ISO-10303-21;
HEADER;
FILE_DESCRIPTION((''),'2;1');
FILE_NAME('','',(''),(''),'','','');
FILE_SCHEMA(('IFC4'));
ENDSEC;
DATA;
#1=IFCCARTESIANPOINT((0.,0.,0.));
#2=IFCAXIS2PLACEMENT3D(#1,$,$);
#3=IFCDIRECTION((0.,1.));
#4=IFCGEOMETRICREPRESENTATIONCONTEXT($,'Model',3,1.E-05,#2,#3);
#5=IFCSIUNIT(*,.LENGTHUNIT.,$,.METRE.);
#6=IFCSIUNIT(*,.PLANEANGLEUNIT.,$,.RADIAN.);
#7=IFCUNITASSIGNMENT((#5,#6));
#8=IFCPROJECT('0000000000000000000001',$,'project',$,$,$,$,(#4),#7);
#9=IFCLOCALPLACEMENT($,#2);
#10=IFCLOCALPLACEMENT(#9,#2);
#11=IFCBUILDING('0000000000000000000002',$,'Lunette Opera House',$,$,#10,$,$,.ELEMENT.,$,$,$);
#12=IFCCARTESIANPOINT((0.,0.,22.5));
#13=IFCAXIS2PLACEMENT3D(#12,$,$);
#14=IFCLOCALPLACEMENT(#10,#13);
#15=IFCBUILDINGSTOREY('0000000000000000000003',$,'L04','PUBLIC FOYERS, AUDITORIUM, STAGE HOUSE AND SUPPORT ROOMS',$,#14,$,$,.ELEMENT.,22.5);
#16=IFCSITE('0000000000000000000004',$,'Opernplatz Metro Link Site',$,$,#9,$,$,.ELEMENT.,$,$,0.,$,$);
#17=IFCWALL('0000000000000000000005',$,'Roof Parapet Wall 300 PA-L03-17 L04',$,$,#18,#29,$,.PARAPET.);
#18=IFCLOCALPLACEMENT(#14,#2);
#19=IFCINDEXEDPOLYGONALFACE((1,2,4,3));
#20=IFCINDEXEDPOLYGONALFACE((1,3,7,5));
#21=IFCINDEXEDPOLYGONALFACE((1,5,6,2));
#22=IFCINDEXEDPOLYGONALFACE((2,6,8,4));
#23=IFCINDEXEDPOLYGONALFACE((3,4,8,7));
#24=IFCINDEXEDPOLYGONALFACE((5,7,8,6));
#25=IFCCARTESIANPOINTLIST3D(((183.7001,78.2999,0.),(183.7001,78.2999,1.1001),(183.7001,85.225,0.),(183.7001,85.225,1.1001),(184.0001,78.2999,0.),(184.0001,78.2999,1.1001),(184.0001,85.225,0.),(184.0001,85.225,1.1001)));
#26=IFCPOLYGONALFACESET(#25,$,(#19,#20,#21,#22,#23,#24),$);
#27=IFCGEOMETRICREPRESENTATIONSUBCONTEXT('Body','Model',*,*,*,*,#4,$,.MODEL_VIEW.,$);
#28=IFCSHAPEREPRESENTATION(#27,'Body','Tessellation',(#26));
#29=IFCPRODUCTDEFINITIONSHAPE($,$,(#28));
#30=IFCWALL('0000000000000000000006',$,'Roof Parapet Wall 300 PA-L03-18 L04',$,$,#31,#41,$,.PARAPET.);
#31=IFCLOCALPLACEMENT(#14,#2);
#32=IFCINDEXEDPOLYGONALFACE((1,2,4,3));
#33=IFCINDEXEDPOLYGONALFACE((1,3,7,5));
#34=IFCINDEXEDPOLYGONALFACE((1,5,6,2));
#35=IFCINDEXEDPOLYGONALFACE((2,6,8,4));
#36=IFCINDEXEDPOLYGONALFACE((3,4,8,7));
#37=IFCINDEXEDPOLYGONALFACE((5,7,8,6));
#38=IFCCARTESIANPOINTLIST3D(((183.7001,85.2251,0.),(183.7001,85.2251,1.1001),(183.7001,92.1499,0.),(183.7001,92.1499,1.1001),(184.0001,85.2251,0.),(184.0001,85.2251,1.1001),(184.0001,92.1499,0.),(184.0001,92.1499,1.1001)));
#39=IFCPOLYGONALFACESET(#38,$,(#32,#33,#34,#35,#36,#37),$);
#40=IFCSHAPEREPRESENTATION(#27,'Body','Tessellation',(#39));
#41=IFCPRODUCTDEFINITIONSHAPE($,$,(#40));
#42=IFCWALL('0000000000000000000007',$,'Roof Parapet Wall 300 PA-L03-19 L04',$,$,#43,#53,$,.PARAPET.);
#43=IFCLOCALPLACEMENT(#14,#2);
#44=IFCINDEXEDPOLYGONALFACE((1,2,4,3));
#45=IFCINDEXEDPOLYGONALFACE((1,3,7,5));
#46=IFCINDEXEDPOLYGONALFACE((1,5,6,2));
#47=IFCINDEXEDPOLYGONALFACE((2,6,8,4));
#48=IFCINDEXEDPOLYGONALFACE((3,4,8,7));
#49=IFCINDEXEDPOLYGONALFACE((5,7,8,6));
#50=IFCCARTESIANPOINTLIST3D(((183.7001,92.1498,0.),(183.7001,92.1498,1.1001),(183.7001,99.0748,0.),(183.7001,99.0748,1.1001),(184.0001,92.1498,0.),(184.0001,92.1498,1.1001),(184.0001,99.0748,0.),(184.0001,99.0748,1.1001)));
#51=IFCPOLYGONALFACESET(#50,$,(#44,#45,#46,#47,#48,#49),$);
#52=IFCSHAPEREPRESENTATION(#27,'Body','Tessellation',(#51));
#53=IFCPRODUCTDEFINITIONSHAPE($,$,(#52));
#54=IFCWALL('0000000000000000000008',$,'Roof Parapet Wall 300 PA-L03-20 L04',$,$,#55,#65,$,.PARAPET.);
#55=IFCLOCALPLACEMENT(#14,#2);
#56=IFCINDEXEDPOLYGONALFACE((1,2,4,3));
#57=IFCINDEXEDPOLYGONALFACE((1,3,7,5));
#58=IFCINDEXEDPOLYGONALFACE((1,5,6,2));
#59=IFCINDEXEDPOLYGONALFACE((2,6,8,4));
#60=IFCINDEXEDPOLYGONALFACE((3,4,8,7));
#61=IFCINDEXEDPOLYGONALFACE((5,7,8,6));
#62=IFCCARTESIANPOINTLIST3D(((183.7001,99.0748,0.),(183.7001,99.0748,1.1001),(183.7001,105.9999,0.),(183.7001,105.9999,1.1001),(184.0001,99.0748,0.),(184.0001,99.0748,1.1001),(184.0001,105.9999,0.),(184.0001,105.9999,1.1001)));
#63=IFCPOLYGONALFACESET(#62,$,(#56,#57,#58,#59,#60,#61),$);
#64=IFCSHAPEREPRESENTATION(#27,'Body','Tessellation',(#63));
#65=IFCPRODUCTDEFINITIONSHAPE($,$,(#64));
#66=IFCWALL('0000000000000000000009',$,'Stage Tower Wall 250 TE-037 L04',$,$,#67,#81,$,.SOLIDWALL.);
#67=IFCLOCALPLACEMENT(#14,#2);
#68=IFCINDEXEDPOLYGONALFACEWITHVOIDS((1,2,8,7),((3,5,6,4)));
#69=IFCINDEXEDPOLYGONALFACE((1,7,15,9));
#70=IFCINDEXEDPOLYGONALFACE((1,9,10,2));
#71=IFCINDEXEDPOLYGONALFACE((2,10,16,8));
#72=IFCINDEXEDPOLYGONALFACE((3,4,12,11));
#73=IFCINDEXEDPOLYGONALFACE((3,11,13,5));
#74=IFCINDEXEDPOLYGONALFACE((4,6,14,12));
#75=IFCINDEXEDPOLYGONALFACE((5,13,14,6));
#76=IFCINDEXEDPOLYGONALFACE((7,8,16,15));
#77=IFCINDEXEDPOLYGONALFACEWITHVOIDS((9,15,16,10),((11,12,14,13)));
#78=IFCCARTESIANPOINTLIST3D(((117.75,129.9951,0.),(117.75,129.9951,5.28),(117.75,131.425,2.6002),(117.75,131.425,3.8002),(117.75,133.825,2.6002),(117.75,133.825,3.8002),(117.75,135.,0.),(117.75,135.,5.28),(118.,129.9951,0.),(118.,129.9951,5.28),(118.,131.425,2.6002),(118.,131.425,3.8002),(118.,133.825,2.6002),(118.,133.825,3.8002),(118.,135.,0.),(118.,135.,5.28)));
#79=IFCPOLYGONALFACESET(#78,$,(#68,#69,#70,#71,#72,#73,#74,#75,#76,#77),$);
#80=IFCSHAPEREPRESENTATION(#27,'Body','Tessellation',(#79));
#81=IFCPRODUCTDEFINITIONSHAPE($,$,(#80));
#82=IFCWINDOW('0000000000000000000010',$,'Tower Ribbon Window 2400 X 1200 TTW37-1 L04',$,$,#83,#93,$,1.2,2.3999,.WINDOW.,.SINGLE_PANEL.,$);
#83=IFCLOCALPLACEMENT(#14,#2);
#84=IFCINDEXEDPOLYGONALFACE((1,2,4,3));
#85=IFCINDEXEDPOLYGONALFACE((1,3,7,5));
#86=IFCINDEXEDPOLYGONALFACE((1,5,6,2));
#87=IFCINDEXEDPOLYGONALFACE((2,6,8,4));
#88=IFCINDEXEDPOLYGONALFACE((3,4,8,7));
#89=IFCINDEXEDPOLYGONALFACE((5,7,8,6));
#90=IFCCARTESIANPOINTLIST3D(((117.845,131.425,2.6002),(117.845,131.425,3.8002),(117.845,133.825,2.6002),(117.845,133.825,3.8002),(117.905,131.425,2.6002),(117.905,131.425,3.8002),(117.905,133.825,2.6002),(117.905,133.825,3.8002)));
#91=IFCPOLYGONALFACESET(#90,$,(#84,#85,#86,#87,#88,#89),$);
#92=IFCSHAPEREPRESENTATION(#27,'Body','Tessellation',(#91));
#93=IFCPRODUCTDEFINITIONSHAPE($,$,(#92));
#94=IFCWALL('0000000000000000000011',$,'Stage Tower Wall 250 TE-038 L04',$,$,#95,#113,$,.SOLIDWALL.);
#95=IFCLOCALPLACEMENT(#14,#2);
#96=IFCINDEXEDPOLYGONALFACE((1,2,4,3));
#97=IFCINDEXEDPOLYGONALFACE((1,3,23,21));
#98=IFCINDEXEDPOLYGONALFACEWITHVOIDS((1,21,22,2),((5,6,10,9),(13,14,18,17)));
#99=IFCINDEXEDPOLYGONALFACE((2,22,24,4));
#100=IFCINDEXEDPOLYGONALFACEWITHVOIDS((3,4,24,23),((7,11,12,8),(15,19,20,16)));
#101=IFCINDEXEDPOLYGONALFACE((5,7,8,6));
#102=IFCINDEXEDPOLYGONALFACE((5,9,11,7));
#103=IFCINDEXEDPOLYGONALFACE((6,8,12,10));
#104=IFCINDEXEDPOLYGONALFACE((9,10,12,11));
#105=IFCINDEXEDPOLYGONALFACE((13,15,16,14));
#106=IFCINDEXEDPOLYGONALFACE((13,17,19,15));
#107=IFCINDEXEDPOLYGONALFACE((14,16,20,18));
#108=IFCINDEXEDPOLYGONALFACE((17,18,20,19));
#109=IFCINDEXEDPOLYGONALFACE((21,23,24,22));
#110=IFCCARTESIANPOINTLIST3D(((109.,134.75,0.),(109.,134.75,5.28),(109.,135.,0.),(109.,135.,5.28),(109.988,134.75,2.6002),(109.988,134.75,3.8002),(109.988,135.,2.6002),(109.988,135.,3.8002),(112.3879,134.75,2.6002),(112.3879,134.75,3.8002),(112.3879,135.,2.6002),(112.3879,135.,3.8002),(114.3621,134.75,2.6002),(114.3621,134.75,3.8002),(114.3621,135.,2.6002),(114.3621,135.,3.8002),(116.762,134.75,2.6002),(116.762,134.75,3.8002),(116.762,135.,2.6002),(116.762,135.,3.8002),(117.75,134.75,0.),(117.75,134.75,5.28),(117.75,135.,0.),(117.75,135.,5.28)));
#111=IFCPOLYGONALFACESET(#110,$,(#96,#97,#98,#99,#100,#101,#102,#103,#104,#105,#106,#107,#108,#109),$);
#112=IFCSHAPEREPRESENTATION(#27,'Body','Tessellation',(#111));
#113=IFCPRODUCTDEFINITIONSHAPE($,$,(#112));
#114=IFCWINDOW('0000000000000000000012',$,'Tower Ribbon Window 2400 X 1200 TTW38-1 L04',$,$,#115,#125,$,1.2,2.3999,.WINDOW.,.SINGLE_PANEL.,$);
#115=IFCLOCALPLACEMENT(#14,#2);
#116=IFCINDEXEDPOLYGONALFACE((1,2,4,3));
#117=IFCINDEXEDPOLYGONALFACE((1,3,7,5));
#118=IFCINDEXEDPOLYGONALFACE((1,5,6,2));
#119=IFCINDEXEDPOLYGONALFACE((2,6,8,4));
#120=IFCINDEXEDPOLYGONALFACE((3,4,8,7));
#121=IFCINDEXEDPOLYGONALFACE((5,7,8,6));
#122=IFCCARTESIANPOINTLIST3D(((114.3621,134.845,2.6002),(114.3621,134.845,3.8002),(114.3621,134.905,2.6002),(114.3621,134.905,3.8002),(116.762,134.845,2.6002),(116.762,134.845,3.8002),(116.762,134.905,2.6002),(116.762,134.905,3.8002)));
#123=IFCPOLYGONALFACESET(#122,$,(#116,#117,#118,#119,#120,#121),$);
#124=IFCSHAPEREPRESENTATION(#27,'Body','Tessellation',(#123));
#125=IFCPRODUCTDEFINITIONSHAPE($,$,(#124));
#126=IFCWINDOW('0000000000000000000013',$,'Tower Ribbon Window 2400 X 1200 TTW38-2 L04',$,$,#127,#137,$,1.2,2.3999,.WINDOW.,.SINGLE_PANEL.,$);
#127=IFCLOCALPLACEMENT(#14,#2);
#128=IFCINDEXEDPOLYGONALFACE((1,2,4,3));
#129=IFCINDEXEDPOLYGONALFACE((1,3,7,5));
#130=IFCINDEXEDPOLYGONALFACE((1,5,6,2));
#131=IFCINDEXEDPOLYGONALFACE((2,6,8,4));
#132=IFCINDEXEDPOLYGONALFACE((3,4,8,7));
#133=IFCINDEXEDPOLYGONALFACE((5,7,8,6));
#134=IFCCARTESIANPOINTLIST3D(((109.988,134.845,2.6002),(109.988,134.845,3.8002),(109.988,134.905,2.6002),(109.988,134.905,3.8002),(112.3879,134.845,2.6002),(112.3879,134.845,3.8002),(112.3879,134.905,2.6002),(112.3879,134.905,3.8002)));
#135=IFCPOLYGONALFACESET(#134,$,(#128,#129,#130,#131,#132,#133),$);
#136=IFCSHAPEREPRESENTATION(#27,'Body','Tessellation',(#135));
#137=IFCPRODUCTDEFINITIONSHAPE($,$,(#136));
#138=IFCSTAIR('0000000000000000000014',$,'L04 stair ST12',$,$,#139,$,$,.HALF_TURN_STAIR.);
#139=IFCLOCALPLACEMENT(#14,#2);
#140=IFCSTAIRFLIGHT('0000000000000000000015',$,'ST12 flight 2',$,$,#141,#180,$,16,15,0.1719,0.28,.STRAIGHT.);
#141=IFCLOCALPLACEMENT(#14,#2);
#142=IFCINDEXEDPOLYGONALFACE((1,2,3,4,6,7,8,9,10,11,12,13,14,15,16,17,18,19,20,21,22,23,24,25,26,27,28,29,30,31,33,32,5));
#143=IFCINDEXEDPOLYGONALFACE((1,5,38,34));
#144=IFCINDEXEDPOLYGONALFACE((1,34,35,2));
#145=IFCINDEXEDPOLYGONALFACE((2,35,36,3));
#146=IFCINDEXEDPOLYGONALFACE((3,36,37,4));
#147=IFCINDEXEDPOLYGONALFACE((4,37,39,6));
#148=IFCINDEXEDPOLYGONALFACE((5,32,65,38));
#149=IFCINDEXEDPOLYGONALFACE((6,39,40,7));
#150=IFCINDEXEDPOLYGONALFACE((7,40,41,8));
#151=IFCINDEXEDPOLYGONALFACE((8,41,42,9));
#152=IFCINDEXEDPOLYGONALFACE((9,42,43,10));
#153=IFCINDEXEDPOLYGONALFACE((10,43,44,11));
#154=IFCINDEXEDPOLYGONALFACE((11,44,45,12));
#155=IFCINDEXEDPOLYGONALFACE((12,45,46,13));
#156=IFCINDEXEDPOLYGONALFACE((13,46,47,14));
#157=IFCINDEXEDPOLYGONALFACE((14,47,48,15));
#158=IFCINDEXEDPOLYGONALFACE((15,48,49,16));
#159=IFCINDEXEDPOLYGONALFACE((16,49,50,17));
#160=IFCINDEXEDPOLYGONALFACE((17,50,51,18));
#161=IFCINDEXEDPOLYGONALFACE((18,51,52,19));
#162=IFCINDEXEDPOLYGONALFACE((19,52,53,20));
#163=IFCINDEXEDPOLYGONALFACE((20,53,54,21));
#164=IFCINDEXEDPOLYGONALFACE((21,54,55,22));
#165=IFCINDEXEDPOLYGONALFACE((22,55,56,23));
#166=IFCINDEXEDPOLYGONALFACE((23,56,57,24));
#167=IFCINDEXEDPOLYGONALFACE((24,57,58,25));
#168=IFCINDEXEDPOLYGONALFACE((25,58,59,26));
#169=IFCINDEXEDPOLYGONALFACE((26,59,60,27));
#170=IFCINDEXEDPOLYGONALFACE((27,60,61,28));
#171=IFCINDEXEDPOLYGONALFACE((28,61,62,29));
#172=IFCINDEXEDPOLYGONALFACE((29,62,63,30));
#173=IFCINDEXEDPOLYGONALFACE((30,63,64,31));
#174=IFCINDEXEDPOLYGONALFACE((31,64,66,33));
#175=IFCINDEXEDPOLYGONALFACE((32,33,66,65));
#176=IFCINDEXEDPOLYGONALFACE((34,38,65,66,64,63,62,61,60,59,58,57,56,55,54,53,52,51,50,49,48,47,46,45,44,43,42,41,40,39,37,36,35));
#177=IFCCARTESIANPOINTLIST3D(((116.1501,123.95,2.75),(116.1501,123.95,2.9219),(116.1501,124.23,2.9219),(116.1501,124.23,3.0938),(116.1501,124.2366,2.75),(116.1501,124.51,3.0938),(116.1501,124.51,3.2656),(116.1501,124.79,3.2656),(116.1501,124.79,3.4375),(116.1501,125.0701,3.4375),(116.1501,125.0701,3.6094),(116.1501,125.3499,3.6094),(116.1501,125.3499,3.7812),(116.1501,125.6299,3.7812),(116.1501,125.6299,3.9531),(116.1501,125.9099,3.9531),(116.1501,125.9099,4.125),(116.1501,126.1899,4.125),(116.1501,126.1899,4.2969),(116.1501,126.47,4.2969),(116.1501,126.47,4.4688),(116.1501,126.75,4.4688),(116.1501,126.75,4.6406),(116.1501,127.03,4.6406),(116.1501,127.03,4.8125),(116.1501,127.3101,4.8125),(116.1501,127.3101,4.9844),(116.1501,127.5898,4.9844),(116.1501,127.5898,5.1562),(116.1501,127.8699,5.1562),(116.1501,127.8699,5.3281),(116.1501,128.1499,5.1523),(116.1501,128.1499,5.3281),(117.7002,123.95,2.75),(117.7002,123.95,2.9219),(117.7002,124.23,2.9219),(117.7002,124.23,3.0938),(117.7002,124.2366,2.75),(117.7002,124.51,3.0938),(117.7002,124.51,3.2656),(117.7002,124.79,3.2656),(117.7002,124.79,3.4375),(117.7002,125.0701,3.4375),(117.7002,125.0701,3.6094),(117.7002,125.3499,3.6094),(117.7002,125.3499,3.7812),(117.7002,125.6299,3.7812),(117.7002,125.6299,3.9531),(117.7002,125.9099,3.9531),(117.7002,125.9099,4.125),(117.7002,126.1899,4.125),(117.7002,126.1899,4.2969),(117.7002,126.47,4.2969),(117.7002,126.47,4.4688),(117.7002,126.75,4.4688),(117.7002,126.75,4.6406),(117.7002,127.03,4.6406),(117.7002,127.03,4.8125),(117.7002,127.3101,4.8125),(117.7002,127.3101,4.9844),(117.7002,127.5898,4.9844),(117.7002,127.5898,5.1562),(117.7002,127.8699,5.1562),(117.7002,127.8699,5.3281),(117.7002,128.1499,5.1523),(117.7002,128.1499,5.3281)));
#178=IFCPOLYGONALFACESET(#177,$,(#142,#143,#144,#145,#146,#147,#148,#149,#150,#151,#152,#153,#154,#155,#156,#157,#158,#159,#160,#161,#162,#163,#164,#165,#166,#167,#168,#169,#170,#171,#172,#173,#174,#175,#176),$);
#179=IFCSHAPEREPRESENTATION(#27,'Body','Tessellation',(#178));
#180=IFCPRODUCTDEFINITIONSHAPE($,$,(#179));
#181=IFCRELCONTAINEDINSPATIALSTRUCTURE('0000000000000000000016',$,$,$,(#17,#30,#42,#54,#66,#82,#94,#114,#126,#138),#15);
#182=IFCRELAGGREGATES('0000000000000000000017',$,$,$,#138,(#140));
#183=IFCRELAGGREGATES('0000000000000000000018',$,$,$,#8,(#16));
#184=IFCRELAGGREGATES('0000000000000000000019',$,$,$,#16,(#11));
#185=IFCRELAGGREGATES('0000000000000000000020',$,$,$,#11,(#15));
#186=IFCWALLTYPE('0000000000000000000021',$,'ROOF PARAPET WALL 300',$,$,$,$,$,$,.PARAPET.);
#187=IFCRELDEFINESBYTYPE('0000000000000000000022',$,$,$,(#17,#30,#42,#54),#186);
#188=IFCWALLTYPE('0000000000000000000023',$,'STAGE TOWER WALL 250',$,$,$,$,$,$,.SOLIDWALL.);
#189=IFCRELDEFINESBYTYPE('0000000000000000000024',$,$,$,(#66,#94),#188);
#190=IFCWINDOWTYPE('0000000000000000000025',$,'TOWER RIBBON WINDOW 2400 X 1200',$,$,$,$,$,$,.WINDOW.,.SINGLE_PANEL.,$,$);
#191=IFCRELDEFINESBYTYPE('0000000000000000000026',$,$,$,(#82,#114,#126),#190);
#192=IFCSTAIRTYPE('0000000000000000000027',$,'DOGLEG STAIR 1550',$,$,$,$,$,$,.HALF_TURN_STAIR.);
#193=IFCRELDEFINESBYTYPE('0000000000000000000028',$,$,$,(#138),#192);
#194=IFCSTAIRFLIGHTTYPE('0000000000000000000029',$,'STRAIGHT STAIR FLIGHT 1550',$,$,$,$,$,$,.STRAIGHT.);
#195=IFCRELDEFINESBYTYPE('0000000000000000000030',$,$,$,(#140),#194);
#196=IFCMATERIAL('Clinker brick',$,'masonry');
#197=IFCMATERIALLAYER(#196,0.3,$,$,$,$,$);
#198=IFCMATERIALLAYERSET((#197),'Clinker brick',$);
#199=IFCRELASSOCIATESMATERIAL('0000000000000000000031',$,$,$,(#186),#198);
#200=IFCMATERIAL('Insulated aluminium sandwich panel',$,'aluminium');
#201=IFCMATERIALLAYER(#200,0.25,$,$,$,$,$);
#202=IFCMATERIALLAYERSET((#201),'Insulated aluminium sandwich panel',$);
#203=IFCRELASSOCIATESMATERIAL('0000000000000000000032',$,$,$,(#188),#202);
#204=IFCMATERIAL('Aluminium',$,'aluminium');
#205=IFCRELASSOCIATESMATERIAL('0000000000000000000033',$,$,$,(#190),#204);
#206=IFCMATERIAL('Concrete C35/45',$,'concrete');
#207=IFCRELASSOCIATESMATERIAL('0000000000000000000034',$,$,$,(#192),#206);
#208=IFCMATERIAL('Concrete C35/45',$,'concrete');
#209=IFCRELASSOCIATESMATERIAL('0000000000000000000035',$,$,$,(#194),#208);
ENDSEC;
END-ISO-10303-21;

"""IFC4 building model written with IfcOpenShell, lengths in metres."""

from ifc_helpers import new_model, si_unit, direction, frame, frame_2d, origin, place, context, subcontext, project, spatial, polyline, rectangle, outline, extrude, material, layer, layer_set, type_object, element, fill, aggregate, save


model = new_model("IFC4")

# Units and contexts
model_context = context("Model", 3, precision=1e-05, world=origin(), true_north=direction((0.0, 1.0)))
body_context = subcontext(model_context, "Body", "Model", "MODEL_VIEW")
ifc_project = project(units=[si_unit("LENGTHUNIT", "METRE"), si_unit("PLANEANGLEUNIT", "RADIAN")], contexts=[model_context])

# Site, building, storey
site_placement = place(None, origin())
site = spatial("IfcSite", under=ifc_project, at=site_placement, Name="Opernplatz Metro Link Site", CompositionType="ELEMENT", RefElevation=0.0)
building_placement = place(site_placement, origin())
building = spatial("IfcBuilding", under=site, at=building_placement, Name="Lunette Opera House", CompositionType="ELEMENT")
storey_placement = place(building_placement, frame((0.0, 0.0, 22.5)))
storey = spatial("IfcBuildingStorey", under=building, at=storey_placement, Name="L04", Description="PUBLIC FOYERS, AUDITORIUM, STAGE HOUSE AND SUPPORT ROOMS", CompositionType="ELEMENT", Elevation=22.5)

# Walls
ifc_material_1 = material(Name="Clinker brick", Category="masonry")
ifc_layer_1 = layer(ifc_material_1, 0.3)
ifc_layer_set_1 = layer_set([ifc_layer_1], Name="Clinker brick")
wall_type_1 = type_object("IfcWallType", Name="ROOF PARAPET WALL 300", PredefinedType="PARAPET", material=ifc_layer_set_1)
wall_1_placement = place(storey_placement, frame((183.8501, 78.3, 0.0), z_axis=(0.0, 0.0, 1.0), x_axis=(0.0, 1.0, 0.0)))
element("IfcWall", 1, at=wall_1_placement, inside=storey, type_object=wall_type_1, Name="Roof Parapet Wall 300 PA-L03-17 L04", PredefinedType="PARAPET", context=body_context, shape_type="SweptSolid", body=[
    extrude(rectangle(XDim=6.925, YDim=0.3, at=frame_2d((3.4624, 0.0))), origin(), (0.0, 0.0, 1.0), 1.1001),
])
wall_2_placement = place(storey_placement, frame((183.8501, 85.2251, 0.0), z_axis=(0.0, 0.0, 1.0), x_axis=(0.0, 1.0, 0.0)))
element("IfcWall", 2, at=wall_2_placement, inside=storey, type_object=wall_type_1, Name="Roof Parapet Wall 300 PA-L03-18 L04", PredefinedType="PARAPET", context=body_context, shape_type="SweptSolid", body=[
    extrude(rectangle(XDim=6.9248, YDim=0.3, at=frame_2d((3.4624, 0.0))), origin(), (0.0, 0.0, 1.0), 1.1001),
])
for number, where, z_axis, x_axis, name in (
    (3, (183.8501, 92.1499, 0.0), (0.0, 0.0, 1.0), (0.0, 1.0, 0.0), "Roof Parapet Wall 300 PA-L03-19 L04"),
    (4, (183.8501, 99.075, 0.0), (0.0, 0.0, 1.0), (0.0, 1.0, 0.0), "Roof Parapet Wall 300 PA-L03-20 L04"),
):
    element("IfcWall", number, at=place(storey_placement, frame(where, z_axis=z_axis, x_axis=x_axis)), inside=storey, type_object=wall_type_1, Name=name, PredefinedType="PARAPET", context=body_context, shape_type="SweptSolid", body=[
        extrude(rectangle(XDim=6.925, YDim=0.3, at=frame_2d((3.4624, 0.0))), origin(), (0.0, 0.0, 1.0), 1.1001),
    ])

# Wall, opening, window
ifc_material_2 = material(Name="Insulated aluminium sandwich panel", Category="aluminium")
ifc_layer_2 = layer(ifc_material_2, 0.25)
ifc_layer_set_2 = layer_set([ifc_layer_2], Name="Insulated aluminium sandwich panel")
wall_type_2 = type_object("IfcWallType", Name="STAGE TOWER WALL 250", PredefinedType="SOLIDWALL", material=ifc_layer_set_2)
wall_3_placement = place(storey_placement, frame((117.875, 129.9951, 0.0), z_axis=(0.0, 0.0, 1.0), x_axis=(0.0, 1.0, 0.0)))
wall_3 = element("IfcWall", 5, at=wall_3_placement, inside=storey, type_object=wall_type_2, Name="Stage Tower Wall 250 TE-037 L04", PredefinedType="SOLIDWALL", context=body_context, shape_type="SweptSolid", body=[
    extrude(rectangle(XDim=5.0049, YDim=0.25, at=frame_2d((2.5024, 0.0))), origin(), (0.0, 0.0, 1.0), 5.28),
])
opening_1_placement = place(wall_3_placement, frame((1.4299, 0.0, 2.6001)))
opening_1 = element("IfcOpeningElement", 6, at=opening_1_placement, cuts=wall_3, PredefinedType="OPENING", context=body_context, shape_type="SweptSolid", body=[
    extrude(rectangle(XDim=2.3999, YDim=1.2, at=frame_2d((1.2, 0.6001))), frame((0.0, 0.137, 0.0), z_axis=(0.0, -1.0, 0.0), x_axis=(1.0, 0.0, 0.0)), (0.0, 0.0, 1.0), 0.2739),
])
ifc_material_3 = material(Name="Aluminium", Category="aluminium")
window_type = type_object("IfcWindowType", Name="TOWER RIBBON WINDOW 2400 X 1200", PartitioningType="SINGLE_PANEL", PredefinedType="WINDOW", material=ifc_material_3)
window_1_placement = place(opening_1_placement, origin())
window_1 = element("IfcWindow", 7, at=window_1_placement, inside=storey, type_object=window_type, Name="Tower Ribbon Window 2400 X 1200 TTW37-1 L04", OverallHeight=1.2, OverallWidth=2.3999, PartitioningType="SINGLE_PANEL", PredefinedType="WINDOW", context=body_context, shape_type="SweptSolid", body=[
    extrude(rectangle(XDim=2.3999, YDim=1.2, at=frame_2d((1.2, 0.6001))), frame((0.0, 0.03, 0.0), z_axis=(0.0, -1.0, 0.0), x_axis=(1.0, 0.0, 0.0)), (0.0, 0.0, 1.0), 0.0601),
])
fill(opening_1, window_1)

# Wall, openings, windows
wall_4_placement = place(storey_placement, frame((117.75, 134.875, 0.0), z_axis=(0.0, 0.0, 1.0), x_axis=(-1.0, 0.0, 0.0)))
wall_4 = element("IfcWall", 8, at=wall_4_placement, inside=storey, type_object=wall_type_2, Name="Stage Tower Wall 250 TE-038 L04", PredefinedType="SOLIDWALL", context=body_context, shape_type="SweptSolid", body=[
    extrude(rectangle(XDim=8.75, YDim=0.25, at=frame_2d((4.375, 0.0))), origin(), (0.0, 0.0, 1.0), 5.28),
])
opening_2_placement = place(wall_4_placement, frame((0.988, 0.0, 2.6001)))
opening_2 = element("IfcOpeningElement", 9, at=opening_2_placement, cuts=wall_4, PredefinedType="OPENING", context=body_context, shape_type="SweptSolid", body=[
    extrude(rectangle(XDim=2.3999, YDim=1.2, at=frame_2d((1.2, 0.6001))), frame((0.0, 0.137, 0.0), z_axis=(0.0, -1.0, 0.0), x_axis=(1.0, 0.0, 0.0)), (0.0, 0.0, 1.0), 0.2739),
])
opening_3_placement = place(wall_4_placement, frame((5.3621, 0.0, 2.6001)))
opening_3 = element("IfcOpeningElement", 10, at=opening_3_placement, cuts=wall_4, PredefinedType="OPENING", context=body_context, shape_type="SweptSolid", body=[
    extrude(rectangle(XDim=2.3999, YDim=1.2, at=frame_2d((1.2, 0.6001))), frame((0.0, 0.137, 0.0), z_axis=(0.0, -1.0, 0.0), x_axis=(1.0, 0.0, 0.0)), (0.0, 0.0, 1.0), 0.2739),
])
window_2_placement = place(opening_2_placement, origin())
window_2 = element("IfcWindow", 11, at=window_2_placement, inside=storey, type_object=window_type, Name="Tower Ribbon Window 2400 X 1200 TTW38-1 L04", OverallHeight=1.2, OverallWidth=2.3999, PartitioningType="SINGLE_PANEL", PredefinedType="WINDOW", context=body_context, shape_type="SweptSolid", body=[
    extrude(rectangle(XDim=2.3999, YDim=1.2, at=frame_2d((1.2, 0.6001))), frame((0.0, 0.03, 0.0), z_axis=(0.0, -1.0, 0.0), x_axis=(1.0, 0.0, 0.0)), (0.0, 0.0, 1.0), 0.0601),
])
fill(opening_2, window_2)
window_3_placement = place(opening_3_placement, origin())
window_3 = element("IfcWindow", 12, at=window_3_placement, inside=storey, type_object=window_type, Name="Tower Ribbon Window 2400 X 1200 TTW38-2 L04", OverallHeight=1.2, OverallWidth=2.3999, PartitioningType="SINGLE_PANEL", PredefinedType="WINDOW", context=body_context, shape_type="SweptSolid", body=[
    extrude(rectangle(XDim=2.3999, YDim=1.2, at=frame_2d((1.2, 0.6001))), frame((0.0, 0.03, 0.0), z_axis=(0.0, -1.0, 0.0), x_axis=(1.0, 0.0, 0.0)), (0.0, 0.0, 1.0), 0.0601),
])
fill(opening_3, window_3)

# Stair, stair flight
ifc_material_4 = material(Name="Concrete C35/45", Category="concrete")
stair_type = type_object("IfcStairType", Name="DOGLEG STAIR 1550", PredefinedType="HALF_TURN_STAIR", material=ifc_material_4)
stair_placement = place(storey_placement, origin())
stair = element("IfcStair", 13, at=stair_placement, inside=storey, type_object=stair_type, Name="L04 stair ST12", PredefinedType="HALF_TURN_STAIR")
ifc_material_5 = material(Name="Concrete C35/45", Category="concrete")
stair_flight_type = type_object("IfcStairFlightType", Name="STRAIGHT STAIR FLIGHT 1550", PredefinedType="STRAIGHT", material=ifc_material_5)
stair_flight_placement = place(storey_placement, frame((116.925, 123.95, 2.75), z_axis=(0.0, 0.0, 1.0), x_axis=(0.0, 1.0, 0.0)))
stair_flight = element("IfcStairFlight", 14, at=stair_flight_placement, type_object=stair_flight_type, Name="ST12 flight 2", NumberOfRisers=16, NumberOfTreads=15, PredefinedType="STRAIGHT", RiserHeight=0.1719, TreadLength=0.28, context=body_context, shape_type="SweptSolid", body=[
    extrude(outline(polyline([(0.0, 0.0), (0.0, 0.1719), (0.28, 0.1719), (0.28, 0.3438), (0.5601, 0.3438), (0.5601, 0.5156), (0.8401, 0.5156), (0.8401, 0.6875), (1.1201, 0.6875), (1.1201, 0.8594), (1.3999, 0.8594), (1.3999, 1.0312), (1.6799, 1.0312), (1.6799, 1.2031), (1.96, 1.2031), (1.96, 1.375), (2.24, 1.375), (2.24, 1.5469), (2.52, 1.5469), (2.52, 1.7188), (2.8, 1.7188), (2.8, 1.8906), (3.0801, 1.8906), (3.0801, 2.0625), (3.3601, 2.0625), (3.3601, 2.2344), (3.6399, 2.2344), (3.6399, 2.4062), (3.9199, 2.4062), (3.9199, 2.5781), (4.2, 2.5781), (4.2, 2.75), (4.2, 2.4023), (0.2866, 0.0), (0.0, 0.0)])), frame((0.0, 0.7749, 0.0), z_axis=(0.0, -1.0, 0.0), x_axis=(1.0, 0.0, 0.0)), (0.0, 0.0, 1.0), 1.55),
])
aggregate(stair, [stair_flight])

save(model, "model.ifc")
